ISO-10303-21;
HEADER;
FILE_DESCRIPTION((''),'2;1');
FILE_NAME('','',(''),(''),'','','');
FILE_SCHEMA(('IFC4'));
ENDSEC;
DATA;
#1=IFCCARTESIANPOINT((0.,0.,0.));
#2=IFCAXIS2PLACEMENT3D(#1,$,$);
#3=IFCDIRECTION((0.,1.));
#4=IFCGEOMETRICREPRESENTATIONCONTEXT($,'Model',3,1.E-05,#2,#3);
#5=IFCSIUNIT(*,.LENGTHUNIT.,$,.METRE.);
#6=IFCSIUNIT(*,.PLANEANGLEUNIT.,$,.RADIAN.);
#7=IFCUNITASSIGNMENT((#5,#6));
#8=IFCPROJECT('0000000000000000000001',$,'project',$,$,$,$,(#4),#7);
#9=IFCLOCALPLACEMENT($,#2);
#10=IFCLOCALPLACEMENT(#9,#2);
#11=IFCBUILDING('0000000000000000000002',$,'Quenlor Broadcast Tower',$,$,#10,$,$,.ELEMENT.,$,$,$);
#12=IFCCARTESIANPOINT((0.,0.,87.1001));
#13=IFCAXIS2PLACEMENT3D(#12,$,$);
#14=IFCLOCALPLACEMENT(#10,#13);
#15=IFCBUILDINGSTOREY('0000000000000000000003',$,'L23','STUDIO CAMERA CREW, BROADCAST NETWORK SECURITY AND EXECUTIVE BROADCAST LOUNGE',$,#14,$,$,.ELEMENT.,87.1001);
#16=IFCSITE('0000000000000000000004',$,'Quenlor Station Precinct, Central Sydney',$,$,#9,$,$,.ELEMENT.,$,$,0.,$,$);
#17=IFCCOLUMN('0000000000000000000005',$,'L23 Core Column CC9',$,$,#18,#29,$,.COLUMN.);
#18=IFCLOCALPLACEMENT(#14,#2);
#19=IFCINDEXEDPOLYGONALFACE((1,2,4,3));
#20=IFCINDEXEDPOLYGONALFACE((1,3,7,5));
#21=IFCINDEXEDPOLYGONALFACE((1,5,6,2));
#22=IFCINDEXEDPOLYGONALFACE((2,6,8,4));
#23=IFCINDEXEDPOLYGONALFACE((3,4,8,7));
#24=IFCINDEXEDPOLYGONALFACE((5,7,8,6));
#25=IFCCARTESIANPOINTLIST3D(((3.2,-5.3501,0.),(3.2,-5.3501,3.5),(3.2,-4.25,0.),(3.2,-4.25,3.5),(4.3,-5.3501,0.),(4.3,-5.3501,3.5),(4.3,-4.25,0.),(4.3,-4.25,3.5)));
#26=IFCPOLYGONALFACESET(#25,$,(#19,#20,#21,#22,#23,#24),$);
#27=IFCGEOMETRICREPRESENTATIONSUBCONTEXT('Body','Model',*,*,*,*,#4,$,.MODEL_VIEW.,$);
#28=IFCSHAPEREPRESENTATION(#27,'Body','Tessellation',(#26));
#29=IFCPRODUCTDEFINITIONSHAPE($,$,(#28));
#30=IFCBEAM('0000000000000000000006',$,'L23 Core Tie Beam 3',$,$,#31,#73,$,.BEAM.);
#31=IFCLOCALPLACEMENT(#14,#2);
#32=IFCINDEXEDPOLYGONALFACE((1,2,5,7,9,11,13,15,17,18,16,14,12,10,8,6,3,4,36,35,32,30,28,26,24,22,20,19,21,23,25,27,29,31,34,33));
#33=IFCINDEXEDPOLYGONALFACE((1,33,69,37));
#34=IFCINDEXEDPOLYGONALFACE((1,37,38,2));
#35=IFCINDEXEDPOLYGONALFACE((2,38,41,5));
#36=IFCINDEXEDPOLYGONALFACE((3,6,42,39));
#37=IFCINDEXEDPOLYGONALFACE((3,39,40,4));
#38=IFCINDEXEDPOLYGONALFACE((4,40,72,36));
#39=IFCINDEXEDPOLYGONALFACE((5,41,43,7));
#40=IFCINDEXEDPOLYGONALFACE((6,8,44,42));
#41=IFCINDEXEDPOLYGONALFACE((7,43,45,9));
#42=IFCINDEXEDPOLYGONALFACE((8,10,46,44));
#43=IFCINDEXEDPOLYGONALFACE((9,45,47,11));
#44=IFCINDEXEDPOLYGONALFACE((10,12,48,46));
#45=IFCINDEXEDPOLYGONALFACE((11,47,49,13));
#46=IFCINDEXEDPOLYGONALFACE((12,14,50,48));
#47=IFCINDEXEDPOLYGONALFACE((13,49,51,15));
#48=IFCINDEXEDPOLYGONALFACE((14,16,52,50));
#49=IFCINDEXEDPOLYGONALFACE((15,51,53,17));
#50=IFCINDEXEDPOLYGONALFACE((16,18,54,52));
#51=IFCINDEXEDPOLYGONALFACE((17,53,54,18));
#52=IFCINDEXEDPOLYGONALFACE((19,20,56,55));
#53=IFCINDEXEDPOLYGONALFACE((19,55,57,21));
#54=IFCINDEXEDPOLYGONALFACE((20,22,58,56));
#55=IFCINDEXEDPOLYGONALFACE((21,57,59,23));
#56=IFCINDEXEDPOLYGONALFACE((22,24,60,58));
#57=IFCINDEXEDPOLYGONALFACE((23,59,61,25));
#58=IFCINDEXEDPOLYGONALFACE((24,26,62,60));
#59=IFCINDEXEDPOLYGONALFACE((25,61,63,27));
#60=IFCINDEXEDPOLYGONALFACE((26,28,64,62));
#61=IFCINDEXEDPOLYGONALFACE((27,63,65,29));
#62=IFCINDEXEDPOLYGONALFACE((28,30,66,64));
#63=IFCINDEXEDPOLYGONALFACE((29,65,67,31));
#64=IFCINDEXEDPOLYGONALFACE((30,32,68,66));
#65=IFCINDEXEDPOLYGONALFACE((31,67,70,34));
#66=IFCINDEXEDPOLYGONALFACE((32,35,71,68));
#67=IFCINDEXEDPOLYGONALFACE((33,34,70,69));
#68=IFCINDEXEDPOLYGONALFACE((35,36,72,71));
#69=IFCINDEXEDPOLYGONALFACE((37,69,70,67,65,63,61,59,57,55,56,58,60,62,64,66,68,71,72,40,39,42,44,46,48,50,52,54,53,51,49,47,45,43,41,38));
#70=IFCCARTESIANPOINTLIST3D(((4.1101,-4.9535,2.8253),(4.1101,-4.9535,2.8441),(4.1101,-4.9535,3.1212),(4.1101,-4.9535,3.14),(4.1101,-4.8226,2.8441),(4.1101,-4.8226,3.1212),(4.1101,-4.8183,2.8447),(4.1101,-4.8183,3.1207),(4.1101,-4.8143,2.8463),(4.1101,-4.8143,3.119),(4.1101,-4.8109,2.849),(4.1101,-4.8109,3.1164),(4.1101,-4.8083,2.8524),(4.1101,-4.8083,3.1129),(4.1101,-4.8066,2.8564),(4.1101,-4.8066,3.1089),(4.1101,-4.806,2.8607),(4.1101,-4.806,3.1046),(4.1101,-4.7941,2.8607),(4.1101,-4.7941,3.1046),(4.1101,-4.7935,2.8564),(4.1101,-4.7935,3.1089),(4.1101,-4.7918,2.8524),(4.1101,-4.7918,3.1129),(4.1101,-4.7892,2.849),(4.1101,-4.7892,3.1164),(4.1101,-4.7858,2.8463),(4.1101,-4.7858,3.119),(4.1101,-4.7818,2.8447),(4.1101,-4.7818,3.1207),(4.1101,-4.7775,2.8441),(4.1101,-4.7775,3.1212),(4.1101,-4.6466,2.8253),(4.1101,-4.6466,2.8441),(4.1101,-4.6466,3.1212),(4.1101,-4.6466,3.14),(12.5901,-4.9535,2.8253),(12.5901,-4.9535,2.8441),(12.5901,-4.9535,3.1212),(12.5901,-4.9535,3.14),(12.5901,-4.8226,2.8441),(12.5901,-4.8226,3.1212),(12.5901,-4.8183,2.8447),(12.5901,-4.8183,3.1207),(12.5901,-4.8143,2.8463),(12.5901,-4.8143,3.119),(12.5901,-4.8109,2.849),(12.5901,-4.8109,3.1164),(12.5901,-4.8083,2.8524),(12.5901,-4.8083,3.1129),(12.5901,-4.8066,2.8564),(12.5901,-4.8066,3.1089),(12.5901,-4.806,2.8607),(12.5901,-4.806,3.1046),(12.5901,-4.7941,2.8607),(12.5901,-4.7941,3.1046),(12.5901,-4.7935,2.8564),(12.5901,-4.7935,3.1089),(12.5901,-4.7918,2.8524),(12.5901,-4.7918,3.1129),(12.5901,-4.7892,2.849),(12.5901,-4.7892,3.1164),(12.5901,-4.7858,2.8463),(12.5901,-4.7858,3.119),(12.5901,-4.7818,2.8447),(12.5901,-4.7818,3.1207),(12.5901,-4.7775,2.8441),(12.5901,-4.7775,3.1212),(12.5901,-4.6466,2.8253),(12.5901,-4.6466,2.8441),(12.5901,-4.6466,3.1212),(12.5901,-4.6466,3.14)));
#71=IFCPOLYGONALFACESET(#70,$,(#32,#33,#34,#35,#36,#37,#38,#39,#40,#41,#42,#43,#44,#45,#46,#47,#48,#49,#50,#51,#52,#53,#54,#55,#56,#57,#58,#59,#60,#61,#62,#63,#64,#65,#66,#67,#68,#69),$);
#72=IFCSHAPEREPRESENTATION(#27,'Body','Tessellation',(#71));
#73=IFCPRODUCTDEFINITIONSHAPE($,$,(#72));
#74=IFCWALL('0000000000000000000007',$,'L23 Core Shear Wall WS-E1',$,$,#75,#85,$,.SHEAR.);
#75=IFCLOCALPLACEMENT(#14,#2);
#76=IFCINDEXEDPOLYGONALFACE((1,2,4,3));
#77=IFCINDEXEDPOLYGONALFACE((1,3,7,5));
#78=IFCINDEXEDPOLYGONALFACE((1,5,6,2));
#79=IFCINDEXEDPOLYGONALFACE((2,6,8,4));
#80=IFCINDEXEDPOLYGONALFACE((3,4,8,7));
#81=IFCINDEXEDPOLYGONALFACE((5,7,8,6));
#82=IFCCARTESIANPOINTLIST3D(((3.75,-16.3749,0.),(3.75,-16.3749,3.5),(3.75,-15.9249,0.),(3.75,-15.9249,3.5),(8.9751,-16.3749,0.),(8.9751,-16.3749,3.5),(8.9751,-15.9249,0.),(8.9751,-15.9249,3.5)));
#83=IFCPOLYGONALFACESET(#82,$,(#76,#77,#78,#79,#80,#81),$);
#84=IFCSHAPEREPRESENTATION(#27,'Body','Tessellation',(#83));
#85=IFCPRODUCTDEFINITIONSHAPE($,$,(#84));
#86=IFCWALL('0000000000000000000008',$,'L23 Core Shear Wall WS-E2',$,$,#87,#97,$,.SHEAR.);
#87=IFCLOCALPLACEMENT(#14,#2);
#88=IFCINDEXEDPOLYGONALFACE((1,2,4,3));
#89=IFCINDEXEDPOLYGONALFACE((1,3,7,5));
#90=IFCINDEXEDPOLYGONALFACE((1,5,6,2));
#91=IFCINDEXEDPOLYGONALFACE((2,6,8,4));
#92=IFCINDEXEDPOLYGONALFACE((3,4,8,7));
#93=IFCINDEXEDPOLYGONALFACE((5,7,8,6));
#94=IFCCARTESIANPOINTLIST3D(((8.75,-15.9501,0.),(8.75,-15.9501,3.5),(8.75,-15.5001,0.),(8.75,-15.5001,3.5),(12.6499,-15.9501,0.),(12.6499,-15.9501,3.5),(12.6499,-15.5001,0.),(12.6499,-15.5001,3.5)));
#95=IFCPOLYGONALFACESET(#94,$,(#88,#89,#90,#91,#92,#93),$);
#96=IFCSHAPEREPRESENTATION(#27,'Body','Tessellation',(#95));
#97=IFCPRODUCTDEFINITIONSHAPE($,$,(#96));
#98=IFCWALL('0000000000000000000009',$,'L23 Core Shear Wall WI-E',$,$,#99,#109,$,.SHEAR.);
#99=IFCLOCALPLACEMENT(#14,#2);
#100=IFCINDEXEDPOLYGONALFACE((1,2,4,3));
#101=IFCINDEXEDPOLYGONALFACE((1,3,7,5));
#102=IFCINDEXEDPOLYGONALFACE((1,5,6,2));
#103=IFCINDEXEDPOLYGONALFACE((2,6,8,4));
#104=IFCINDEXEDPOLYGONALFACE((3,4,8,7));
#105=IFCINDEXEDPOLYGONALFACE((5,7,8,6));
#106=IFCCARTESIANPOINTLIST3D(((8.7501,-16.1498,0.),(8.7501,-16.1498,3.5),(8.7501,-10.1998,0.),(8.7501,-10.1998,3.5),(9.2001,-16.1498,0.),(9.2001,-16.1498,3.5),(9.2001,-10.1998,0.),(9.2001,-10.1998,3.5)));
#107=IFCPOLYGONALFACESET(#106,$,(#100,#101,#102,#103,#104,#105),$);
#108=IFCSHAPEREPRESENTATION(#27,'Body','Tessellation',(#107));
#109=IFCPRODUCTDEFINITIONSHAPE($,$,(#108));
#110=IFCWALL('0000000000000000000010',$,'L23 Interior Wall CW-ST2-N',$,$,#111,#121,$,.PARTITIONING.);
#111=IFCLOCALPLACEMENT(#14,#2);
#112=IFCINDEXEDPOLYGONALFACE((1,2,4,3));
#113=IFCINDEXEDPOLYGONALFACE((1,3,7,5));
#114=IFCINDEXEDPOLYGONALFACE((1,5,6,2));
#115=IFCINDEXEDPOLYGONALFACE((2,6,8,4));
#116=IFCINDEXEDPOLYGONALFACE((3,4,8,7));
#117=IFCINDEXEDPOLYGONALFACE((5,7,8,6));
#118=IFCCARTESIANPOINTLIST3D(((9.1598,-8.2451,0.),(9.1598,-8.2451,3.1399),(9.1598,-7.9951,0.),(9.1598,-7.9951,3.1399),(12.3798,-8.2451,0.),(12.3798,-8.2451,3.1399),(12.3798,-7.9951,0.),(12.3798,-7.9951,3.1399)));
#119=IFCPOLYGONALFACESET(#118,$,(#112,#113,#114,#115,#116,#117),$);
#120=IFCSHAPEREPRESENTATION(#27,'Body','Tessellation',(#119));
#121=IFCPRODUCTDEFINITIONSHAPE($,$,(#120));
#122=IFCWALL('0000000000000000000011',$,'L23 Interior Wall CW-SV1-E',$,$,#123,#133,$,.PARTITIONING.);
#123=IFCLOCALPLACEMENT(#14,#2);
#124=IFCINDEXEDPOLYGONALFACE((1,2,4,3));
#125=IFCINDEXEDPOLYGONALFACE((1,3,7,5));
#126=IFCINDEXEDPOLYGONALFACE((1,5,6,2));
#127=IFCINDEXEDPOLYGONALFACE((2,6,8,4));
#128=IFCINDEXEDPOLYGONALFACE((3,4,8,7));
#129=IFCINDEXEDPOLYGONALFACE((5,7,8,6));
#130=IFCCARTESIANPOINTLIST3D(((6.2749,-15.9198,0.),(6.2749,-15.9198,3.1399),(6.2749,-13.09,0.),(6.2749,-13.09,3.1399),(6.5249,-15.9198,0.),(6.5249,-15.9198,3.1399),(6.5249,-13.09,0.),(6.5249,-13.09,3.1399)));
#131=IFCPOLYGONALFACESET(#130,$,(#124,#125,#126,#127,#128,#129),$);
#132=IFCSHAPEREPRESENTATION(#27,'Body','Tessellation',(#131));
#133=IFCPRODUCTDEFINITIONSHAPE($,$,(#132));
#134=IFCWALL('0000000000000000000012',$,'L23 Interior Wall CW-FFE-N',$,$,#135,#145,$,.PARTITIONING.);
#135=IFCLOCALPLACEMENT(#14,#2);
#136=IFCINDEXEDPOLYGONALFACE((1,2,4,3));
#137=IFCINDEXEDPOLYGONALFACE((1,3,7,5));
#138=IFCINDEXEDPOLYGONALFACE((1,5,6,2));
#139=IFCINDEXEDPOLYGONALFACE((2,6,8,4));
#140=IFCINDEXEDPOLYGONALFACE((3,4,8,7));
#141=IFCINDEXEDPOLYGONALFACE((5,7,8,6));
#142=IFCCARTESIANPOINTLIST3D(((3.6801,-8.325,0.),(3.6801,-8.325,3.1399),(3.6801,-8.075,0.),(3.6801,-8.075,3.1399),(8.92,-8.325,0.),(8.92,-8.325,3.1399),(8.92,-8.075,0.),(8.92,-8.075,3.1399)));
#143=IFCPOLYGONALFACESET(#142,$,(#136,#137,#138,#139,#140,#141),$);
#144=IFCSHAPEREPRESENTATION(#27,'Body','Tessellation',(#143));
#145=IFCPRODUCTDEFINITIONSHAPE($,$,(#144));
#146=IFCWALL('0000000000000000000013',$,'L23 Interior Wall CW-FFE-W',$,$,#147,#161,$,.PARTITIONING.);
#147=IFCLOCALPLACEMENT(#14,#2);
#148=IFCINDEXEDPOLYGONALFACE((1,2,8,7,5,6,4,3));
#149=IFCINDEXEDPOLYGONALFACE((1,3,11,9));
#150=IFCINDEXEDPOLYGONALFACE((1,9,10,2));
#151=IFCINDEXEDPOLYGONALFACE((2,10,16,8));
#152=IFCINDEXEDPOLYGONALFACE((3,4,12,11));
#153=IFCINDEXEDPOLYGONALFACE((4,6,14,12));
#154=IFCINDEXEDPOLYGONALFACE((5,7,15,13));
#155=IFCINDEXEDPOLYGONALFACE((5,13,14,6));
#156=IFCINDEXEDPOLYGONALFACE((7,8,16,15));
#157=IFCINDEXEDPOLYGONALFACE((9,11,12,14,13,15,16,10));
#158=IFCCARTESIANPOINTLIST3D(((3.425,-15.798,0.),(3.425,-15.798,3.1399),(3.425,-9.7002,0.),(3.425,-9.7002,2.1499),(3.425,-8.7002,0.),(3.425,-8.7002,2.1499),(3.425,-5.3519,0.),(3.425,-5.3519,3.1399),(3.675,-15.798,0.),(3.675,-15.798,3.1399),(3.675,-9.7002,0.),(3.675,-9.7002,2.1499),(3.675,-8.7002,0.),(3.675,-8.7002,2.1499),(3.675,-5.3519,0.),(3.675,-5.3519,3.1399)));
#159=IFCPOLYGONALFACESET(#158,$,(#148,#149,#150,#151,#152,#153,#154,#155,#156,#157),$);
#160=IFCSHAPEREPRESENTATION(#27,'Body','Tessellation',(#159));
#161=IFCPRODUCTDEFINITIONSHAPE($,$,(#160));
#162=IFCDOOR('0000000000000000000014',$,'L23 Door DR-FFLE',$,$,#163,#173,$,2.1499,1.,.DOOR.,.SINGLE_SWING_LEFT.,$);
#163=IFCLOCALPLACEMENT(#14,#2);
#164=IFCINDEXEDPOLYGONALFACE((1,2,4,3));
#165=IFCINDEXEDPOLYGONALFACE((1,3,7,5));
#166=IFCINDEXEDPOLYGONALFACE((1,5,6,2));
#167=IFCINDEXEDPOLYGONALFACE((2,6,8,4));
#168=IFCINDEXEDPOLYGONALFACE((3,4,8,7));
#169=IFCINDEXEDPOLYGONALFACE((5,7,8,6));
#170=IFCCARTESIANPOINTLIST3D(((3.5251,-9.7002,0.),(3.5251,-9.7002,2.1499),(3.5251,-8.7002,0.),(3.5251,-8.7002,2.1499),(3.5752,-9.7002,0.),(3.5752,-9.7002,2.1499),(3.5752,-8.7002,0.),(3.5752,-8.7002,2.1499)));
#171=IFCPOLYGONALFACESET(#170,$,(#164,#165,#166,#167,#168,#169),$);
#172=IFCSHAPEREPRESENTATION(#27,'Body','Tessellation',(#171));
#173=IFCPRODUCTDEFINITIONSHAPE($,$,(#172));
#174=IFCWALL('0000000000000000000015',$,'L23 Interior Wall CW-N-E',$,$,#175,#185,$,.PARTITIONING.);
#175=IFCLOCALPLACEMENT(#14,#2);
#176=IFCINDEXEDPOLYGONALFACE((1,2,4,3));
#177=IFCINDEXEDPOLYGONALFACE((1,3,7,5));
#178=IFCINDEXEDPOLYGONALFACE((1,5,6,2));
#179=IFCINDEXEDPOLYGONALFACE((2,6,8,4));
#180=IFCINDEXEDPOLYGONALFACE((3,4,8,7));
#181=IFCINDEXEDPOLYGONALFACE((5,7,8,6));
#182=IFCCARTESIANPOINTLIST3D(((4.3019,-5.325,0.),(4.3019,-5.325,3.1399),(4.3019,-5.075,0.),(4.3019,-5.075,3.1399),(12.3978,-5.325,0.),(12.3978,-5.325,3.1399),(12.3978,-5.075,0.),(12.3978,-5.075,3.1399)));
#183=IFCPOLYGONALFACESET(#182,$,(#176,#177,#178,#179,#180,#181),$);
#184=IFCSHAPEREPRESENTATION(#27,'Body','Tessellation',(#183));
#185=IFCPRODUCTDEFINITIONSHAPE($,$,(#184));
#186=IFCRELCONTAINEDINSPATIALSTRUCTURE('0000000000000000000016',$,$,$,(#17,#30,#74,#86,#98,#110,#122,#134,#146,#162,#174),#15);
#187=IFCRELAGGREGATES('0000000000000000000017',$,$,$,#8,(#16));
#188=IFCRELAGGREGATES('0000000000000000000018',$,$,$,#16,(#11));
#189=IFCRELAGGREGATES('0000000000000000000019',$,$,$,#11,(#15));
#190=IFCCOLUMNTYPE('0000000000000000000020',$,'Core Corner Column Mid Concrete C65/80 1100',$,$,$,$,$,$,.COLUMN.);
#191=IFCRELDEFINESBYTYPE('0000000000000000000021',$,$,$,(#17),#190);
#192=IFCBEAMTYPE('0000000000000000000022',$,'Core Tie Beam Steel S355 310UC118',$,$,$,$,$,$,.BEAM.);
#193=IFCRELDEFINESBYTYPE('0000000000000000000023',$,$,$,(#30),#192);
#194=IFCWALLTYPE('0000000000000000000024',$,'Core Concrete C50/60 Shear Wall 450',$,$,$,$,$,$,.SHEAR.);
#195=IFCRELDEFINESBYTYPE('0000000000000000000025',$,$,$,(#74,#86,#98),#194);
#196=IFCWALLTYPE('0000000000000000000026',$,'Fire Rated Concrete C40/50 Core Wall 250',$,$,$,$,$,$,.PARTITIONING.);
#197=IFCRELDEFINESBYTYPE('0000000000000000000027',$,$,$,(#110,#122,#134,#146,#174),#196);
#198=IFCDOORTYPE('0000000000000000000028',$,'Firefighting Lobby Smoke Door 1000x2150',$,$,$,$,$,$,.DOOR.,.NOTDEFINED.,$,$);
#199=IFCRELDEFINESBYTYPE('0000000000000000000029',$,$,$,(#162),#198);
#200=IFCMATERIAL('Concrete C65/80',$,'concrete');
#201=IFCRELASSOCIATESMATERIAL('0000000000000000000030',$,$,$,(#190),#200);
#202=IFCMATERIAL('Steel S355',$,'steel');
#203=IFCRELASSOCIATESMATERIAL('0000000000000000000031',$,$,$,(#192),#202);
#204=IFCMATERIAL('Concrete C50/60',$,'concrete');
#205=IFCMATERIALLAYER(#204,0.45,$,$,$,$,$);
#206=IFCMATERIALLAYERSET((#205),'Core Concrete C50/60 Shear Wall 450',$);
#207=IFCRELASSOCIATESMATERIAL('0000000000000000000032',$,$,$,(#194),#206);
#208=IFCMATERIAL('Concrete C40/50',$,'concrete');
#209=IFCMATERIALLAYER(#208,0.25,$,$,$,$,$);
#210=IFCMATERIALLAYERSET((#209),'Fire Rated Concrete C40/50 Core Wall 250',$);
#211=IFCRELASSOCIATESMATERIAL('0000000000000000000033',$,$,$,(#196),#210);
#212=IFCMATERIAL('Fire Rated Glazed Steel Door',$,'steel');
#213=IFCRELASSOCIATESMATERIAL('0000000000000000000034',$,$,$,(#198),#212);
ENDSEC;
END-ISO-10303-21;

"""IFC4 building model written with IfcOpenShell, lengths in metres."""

from ifc_helpers import new_model, si_unit, direction, frame, frame_2d, origin, origin_2d, place, context, subcontext, project, spatial, rectangle, i_section, extrude, material, layer, layer_set, material_profile, profile_set, type_object, element, fill, save


model = new_model("IFC4")

# Units and contexts
model_context = context("Model", 3, precision=1e-05, world=origin(), true_north=direction((0.0, 1.0)))
body_context = subcontext(model_context, "Body", "Model", "MODEL_VIEW")
ifc_project = project(units=[si_unit("LENGTHUNIT", "METRE"), si_unit("PLANEANGLEUNIT", "RADIAN")], contexts=[model_context])

# Site, building, storey
site_placement = place(None, origin())
site = spatial("IfcSite", under=ifc_project, at=site_placement, Name="Quenlor Station Precinct, Central Sydney", CompositionType="ELEMENT", RefElevation=0.0)
building_placement = place(site_placement, origin())
building = spatial("IfcBuilding", under=site, at=building_placement, Name="Quenlor Broadcast Tower", CompositionType="ELEMENT")
storey_placement = place(building_placement, frame((0.0, 0.0, 87.1001)))
storey = spatial("IfcBuildingStorey", under=building, at=storey_placement, Name="L23", Description="STUDIO CAMERA CREW, BROADCAST NETWORK SECURITY AND EXECUTIVE BROADCAST LOUNGE", CompositionType="ELEMENT", Elevation=87.1001)

# Column
ifc_material_1 = material(Name="Concrete C65/80", Category="concrete")
ifc_material_profile_1 = material_profile(ifc_material_1, rectangle(XDim=1.1001, YDim=1.1001, at=origin_2d()))
ifc_profile_set_1 = profile_set([ifc_material_profile_1], Name="Concrete C65/80 RC1100x1100")
column_type = type_object("IfcColumnType", Name="Core Corner Column Mid Concrete C65/80 1100", PredefinedType="COLUMN", material=ifc_profile_set_1)
column_placement = place(storey_placement, frame((3.75, -4.8, 0.0), z_axis=(0.0, 0.0, 1.0), x_axis=(1.0, 0.0, 0.0)))
element("IfcColumn", 1, at=column_placement, inside=storey, type_object=column_type, Name="L23 Core Column CC9", PredefinedType="COLUMN", context=body_context, shape_type="SweptSolid", body=[
    extrude(rectangle(XDim=1.1001, YDim=1.1001, at=origin_2d()), origin(), (0.0, 0.0, 1.0), 3.5),
])

# Beam
ifc_material_2 = material(Name="Steel S355", Category="steel")
ifc_material_profile_2 = material_profile(ifc_material_2, i_section(OverallWidth=0.3069, OverallDepth=0.3147, WebThickness=0.012, FlangeThickness=0.0188, FilletRadius=0.0166, at=origin_2d()))
ifc_profile_set_2 = profile_set([ifc_material_profile_2], Name="Steel S355 310UC118")
beam_type = type_object("IfcBeamType", Name="Core Tie Beam Steel S355 310UC118", PredefinedType="BEAM", material=ifc_profile_set_2)
beam_placement = place(storey_placement, frame((4.1101, -4.8, 2.9827), z_axis=(1.0, 0.0, 0.0), x_axis=(0.0, 1.0, 0.0)))
element("IfcBeam", 2, at=beam_placement, inside=storey, type_object=beam_type, Name="L23 Core Tie Beam 3", PredefinedType="BEAM", context=body_context, shape_type="SweptSolid", body=[
    extrude(i_section(OverallWidth=0.3069, OverallDepth=0.3147, WebThickness=0.012, FlangeThickness=0.0188, FilletRadius=0.0166, at=origin_2d()), origin(), (0.0, 0.0, 1.0), 8.48),
])

# Walls
ifc_material_3 = material(Name="Concrete C50/60", Category="concrete")
ifc_layer_1 = layer(ifc_material_3, 0.45)
ifc_layer_set_1 = layer_set([ifc_layer_1], Name="Core Concrete C50/60 Shear Wall 450")
wall_type_1 = type_object("IfcWallType", Name="Core Concrete C50/60 Shear Wall 450", PredefinedType="SHEAR", material=ifc_layer_set_1)
wall_1_placement = place(storey_placement, frame((3.75, -16.1499, 0.0), z_axis=(0.0, 0.0, 1.0), x_axis=(1.0, 0.0, 0.0)))
element("IfcWall", 3, at=wall_1_placement, inside=storey, type_object=wall_type_1, Name="L23 Core Shear Wall WS-E1", PredefinedType="SHEAR", context=body_context, shape_type="SweptSolid", body=[
    extrude(rectangle(XDim=5.2251, YDim=0.45, at=frame_2d((2.6125, 0.0))), origin(), (0.0, 0.0, 1.0), 3.5),
])
wall_2_placement = place(storey_placement, frame((8.75, -15.7251, 0.0), z_axis=(0.0, 0.0, 1.0), x_axis=(1.0, 0.0, 0.0)))
element("IfcWall", 4, at=wall_2_placement, inside=storey, type_object=wall_type_1, Name="L23 Core Shear Wall WS-E2", PredefinedType="SHEAR", context=body_context, shape_type="SweptSolid", body=[
    extrude(rectangle(XDim=3.8999, YDim=0.45, at=frame_2d((1.95, 0.0))), origin(), (0.0, 0.0, 1.0), 3.5),
])
wall_3_placement = place(storey_placement, frame((8.9751, -16.1499, 0.0), z_axis=(0.0, 0.0, 1.0), x_axis=(0.0, 1.0, 0.0)))
element("IfcWall", 5, at=wall_3_placement, inside=storey, type_object=wall_type_1, Name="L23 Core Shear Wall WI-E", PredefinedType="SHEAR", context=body_context, shape_type="SweptSolid", body=[
    extrude(rectangle(XDim=5.95, YDim=0.45, at=frame_2d((2.9751, 0.0))), origin(), (0.0, 0.0, 1.0), 3.5),
])

# Shared definitions
ifc_material_4 = material(Name="Concrete C40/50", Category="concrete")
ifc_layer_2 = layer(ifc_material_4, 0.25)
ifc_layer_set_2 = layer_set([ifc_layer_2], Name="Fire Rated Concrete C40/50 Core Wall 250")
wall_type_2 = type_object("IfcWallType", Name="Fire Rated Concrete C40/50 Core Wall 250", PredefinedType="PARTITIONING", material=ifc_layer_set_2)

# Wall
wall_4_placement = place(storey_placement, frame((9.1599, -8.1201, 0.0), z_axis=(0.0, 0.0, 1.0), x_axis=(1.0, 0.0, 0.0)))
element("IfcWall", 6, at=wall_4_placement, inside=storey, type_object=wall_type_2, Name="L23 Interior Wall CW-ST2-N", PredefinedType="PARTITIONING", context=body_context, shape_type="SweptSolid", body=[
    extrude(rectangle(XDim=3.22, YDim=0.25, at=frame_2d((1.6099, 0.0))), origin(), (0.0, 0.0, 1.0), 3.1399),
])

# Walls
wall_5_placement = place(storey_placement, frame((6.3999, -15.9199, 0.0), z_axis=(0.0, 0.0, 1.0), x_axis=(0.0, 1.0, 0.0)))
element("IfcWall", 7, at=wall_5_placement, inside=storey, type_object=wall_type_2, Name="L23 Interior Wall CW-SV1-E", PredefinedType="PARTITIONING", context=body_context, shape_type="SweptSolid", body=[
    extrude(rectangle(XDim=2.8298, YDim=0.25, at=frame_2d((1.415, 0.0))), origin(), (0.0, 0.0, 1.0), 3.1399),
])
wall_6_placement = place(storey_placement, frame((3.6799, -8.2, 0.0), z_axis=(0.0, 0.0, 1.0), x_axis=(1.0, 0.0, 0.0)))
element("IfcWall", 8, at=wall_6_placement, inside=storey, type_object=wall_type_2, Name="L23 Interior Wall CW-FFE-N", PredefinedType="PARTITIONING", context=body_context, shape_type="SweptSolid", body=[
    extrude(rectangle(XDim=5.24, YDim=0.25, at=frame_2d((2.6201, 0.0))), origin(), (0.0, 0.0, 1.0), 3.1399),
])

# Wall, opening, door
wall_7_placement = place(storey_placement, frame((3.55, -15.7981, 0.0), z_axis=(0.0, 0.0, 1.0), x_axis=(0.0, 1.0, 0.0)))
wall_7 = element("IfcWall", 9, at=wall_7_placement, inside=storey, type_object=wall_type_2, Name="L23 Interior Wall CW-FFE-W", PredefinedType="PARTITIONING", context=body_context, shape_type="SweptSolid", body=[
    extrude(rectangle(XDim=10.446, YDim=0.25, at=frame_2d((5.2231, 0.0))), origin(), (0.0, 0.0, 1.0), 3.1399),
])
opening_1_placement = place(wall_7_placement, frame((6.0979, 0.0, 0.0)))
opening_1 = element("IfcOpeningElement", 10, at=opening_1_placement, cuts=wall_7, PredefinedType="OPENING", context=body_context, shape_type="SweptSolid", body=[
    extrude(rectangle(XDim=1.0, YDim=2.1499, at=frame_2d((0.5, 1.075))), frame((0.0, 0.135, 0.0), z_axis=(0.0, -1.0, 0.0), x_axis=(1.0, 0.0, 0.0)), (0.0, 0.0, 1.0), 0.27),
])
ifc_material_5 = material(Name="Fire Rated Glazed Steel Door", Category="steel")
door_type_1 = type_object("IfcDoorType", Name="Firefighting Lobby Smoke Door 1000x2150", OperationType="NOTDEFINED", PredefinedType="DOOR", material=ifc_material_5)
door_1_placement = place(opening_1_placement, origin())
door_1 = element("IfcDoor", 11, at=door_1_placement, inside=storey, type_object=door_type_1, Name="L23 Door DR-FFLE", OperationType="SINGLE_SWING_LEFT", OverallHeight=2.1499, OverallWidth=1.0, PredefinedType="DOOR", context=body_context, shape_type="SweptSolid", body=[
    extrude(rectangle(XDim=1.0, YDim=2.1499, at=frame_2d((0.5, 1.075))), frame((0.0, 0.0249, 0.0), z_axis=(0.0, -1.0, 0.0), x_axis=(1.0, 0.0, 0.0)), (0.0, 0.0, 1.0), 0.05),
])
fill(opening_1, door_1)

# Wall
wall_8_placement = place(storey_placement, frame((4.302, -5.2, 0.0), z_axis=(0.0, 0.0, 1.0), x_axis=(1.0, 0.0, 0.0)))
element("IfcWall", 12, at=wall_8_placement, inside=storey, type_object=wall_type_2, Name="L23 Interior Wall CW-N-E", PredefinedType="PARTITIONING", context=body_context, shape_type="SweptSolid", body=[
    extrude(rectangle(XDim=8.0959, YDim=0.25, at=frame_2d((4.0479, 0.0))), origin(), (0.0, 0.0, 1.0), 3.1399),
])

save(model, "model.ifc")
